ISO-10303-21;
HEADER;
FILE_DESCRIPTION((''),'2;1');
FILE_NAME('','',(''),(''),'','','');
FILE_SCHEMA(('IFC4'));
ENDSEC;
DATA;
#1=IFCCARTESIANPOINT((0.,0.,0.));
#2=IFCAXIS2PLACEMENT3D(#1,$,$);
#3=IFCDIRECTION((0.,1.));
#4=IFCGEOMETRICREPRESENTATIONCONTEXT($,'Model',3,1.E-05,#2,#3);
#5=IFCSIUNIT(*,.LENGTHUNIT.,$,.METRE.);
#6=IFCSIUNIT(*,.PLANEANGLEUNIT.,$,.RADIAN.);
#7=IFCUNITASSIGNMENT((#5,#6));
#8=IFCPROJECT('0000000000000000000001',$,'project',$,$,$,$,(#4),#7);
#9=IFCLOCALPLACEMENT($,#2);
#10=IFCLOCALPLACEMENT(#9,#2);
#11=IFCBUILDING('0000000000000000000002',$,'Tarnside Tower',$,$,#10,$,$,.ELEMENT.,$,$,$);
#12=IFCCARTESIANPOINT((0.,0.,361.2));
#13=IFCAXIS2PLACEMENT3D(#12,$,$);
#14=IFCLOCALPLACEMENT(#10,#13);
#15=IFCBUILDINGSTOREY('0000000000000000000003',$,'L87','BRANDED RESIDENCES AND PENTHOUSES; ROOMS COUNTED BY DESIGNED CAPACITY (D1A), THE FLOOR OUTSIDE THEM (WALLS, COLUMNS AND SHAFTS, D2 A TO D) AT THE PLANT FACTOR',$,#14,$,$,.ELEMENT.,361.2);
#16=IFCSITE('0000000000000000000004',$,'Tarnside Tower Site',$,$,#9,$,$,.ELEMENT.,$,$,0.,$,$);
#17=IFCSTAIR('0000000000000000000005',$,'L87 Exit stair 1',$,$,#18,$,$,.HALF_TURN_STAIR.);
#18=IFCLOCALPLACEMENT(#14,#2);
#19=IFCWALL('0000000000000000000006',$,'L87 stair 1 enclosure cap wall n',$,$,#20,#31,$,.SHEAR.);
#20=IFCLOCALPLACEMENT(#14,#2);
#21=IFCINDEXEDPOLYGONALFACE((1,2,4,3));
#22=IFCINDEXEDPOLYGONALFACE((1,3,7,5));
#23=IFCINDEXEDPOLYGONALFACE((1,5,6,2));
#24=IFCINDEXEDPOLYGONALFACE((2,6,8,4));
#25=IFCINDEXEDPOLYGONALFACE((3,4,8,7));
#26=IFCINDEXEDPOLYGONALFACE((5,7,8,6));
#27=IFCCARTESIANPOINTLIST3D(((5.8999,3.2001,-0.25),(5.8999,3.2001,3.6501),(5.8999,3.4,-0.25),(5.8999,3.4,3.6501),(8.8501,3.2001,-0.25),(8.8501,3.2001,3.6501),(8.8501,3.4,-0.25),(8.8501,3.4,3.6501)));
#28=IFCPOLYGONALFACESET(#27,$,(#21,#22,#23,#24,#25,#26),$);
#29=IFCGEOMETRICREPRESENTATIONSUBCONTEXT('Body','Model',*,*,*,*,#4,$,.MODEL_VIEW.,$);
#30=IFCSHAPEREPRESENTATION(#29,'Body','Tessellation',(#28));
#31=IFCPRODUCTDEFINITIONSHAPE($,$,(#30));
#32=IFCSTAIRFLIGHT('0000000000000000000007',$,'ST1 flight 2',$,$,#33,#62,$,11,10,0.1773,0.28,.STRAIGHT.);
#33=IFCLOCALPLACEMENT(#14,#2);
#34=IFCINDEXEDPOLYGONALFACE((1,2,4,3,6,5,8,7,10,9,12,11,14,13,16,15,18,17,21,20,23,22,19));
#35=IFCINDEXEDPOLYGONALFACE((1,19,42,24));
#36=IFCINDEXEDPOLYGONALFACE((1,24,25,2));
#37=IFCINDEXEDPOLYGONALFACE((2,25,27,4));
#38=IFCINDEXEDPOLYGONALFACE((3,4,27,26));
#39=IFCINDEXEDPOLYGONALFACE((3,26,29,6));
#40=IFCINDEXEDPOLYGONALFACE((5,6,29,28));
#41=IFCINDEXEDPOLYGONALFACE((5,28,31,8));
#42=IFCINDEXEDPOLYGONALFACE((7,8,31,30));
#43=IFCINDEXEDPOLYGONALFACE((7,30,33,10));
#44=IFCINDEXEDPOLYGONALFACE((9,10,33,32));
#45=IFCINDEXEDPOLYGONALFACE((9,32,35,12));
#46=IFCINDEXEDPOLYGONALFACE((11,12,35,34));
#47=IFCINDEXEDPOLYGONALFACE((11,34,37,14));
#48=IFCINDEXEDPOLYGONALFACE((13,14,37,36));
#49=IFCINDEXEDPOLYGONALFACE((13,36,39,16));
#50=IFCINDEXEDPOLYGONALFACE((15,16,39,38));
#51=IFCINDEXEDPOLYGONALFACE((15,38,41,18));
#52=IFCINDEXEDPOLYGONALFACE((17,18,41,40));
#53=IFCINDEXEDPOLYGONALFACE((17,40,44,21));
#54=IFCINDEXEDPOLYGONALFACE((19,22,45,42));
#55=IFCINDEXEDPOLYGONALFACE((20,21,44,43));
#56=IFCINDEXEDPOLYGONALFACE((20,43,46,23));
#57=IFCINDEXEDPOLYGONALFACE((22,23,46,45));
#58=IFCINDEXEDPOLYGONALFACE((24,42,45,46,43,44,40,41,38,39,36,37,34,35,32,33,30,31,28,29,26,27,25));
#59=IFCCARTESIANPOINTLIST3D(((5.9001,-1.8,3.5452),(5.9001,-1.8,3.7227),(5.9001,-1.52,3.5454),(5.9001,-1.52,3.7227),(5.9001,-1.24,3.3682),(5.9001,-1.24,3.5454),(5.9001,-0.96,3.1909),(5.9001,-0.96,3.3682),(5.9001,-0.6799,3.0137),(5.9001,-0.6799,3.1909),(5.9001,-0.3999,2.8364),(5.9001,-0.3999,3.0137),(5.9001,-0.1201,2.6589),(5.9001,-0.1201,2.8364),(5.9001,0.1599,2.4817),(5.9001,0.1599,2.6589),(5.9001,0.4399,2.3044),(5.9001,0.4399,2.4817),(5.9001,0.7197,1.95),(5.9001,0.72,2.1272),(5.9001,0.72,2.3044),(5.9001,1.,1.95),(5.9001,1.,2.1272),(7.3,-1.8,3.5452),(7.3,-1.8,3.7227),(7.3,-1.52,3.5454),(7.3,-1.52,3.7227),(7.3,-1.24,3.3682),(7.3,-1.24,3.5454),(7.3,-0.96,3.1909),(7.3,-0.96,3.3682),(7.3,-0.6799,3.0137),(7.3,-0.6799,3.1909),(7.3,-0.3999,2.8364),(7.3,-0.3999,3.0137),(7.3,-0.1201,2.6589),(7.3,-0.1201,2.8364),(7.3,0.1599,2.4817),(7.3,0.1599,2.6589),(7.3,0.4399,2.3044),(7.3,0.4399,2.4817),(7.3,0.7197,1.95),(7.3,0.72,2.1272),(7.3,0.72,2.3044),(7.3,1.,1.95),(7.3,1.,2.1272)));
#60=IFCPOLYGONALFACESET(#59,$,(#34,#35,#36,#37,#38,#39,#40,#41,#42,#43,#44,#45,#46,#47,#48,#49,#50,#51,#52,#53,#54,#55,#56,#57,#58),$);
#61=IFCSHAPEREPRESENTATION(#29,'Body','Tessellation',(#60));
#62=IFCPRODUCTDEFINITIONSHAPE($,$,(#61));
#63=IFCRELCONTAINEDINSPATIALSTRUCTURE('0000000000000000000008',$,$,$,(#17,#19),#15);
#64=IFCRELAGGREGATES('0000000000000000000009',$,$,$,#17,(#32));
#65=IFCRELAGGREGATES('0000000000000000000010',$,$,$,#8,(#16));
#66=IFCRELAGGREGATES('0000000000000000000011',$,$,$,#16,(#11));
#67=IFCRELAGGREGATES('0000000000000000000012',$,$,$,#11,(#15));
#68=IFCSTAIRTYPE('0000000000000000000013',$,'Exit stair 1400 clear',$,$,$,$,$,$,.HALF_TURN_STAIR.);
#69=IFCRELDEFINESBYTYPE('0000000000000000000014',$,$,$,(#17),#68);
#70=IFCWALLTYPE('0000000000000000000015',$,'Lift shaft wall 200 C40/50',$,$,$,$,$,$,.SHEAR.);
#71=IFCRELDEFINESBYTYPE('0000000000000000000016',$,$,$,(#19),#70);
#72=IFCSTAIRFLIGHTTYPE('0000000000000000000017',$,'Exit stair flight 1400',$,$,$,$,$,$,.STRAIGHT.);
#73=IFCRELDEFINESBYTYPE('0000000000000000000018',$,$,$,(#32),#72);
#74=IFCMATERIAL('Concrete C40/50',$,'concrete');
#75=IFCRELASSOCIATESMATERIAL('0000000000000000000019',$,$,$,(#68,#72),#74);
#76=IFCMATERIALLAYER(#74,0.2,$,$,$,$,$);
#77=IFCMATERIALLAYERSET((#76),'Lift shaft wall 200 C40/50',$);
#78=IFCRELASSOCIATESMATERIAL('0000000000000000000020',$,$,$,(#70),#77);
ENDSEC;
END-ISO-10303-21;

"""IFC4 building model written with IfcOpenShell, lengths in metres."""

from ifc_helpers import new_model, si_unit, direction, frame, frame_2d, origin, place, context, subcontext, project, spatial, polyline, rectangle, outline, extrude, material, layer, layer_set, type_object, element, aggregate, save


model = new_model("IFC4")

# Units and contexts
model_context = context("Model", 3, precision=1e-05, world=origin(), true_north=direction((0.0, 1.0)))
body_context = subcontext(model_context, "Body", "Model", "MODEL_VIEW")
ifc_project = project(units=[si_unit("LENGTHUNIT", "METRE"), si_unit("PLANEANGLEUNIT", "RADIAN")], contexts=[model_context])

# Site, building, storey
site_placement = place(None, origin())
site = spatial("IfcSite", under=ifc_project, at=site_placement, Name="Tarnside Tower Site", CompositionType="ELEMENT", RefElevation=0.0)
building_placement = place(site_placement, origin())
building = spatial("IfcBuilding", under=site, at=building_placement, Name="Tarnside Tower", CompositionType="ELEMENT")
storey_placement = place(building_placement, frame((0.0, 0.0, 361.2)))
storey = spatial("IfcBuildingStorey", under=building, at=storey_placement, Name="L87", Description="BRANDED RESIDENCES AND PENTHOUSES; ROOMS COUNTED BY DESIGNED CAPACITY (D1A), THE FLOOR OUTSIDE THEM (WALLS, COLUMNS AND SHAFTS, D2 A TO D) AT THE PLANT FACTOR", CompositionType="ELEMENT", Elevation=361.2)

# Shared definitions
ifc_material_1 = material(Name="Concrete C40/50", Category="concrete")

# Stair
stair_type = type_object("IfcStairType", Name="Exit stair 1400 clear", PredefinedType="HALF_TURN_STAIR", material=ifc_material_1)
stair_1_placement = place(storey_placement, origin())
stair_1 = element("IfcStair", 1, at=stair_1_placement, inside=storey, type_object=stair_type, Name="L87 Exit stair 1", PredefinedType="HALF_TURN_STAIR")

# Shared definitions
ifc_layer_1 = layer(ifc_material_1, 0.2)
ifc_layer_set_1 = layer_set([ifc_layer_1], Name="Lift shaft wall 200 C40/50")
wall_type_1 = type_object("IfcWallType", Name="Lift shaft wall 200 C40/50", PredefinedType="SHEAR", material=ifc_layer_set_1)

# Wall
wall_1_placement = place(storey_placement, frame((5.8999, 3.3, -0.25), z_axis=(0.0, 0.0, 1.0), x_axis=(1.0, 0.0, 0.0)))
element("IfcWall", 2, at=wall_1_placement, inside=storey, type_object=wall_type_1, Name="L87 stair 1 enclosure cap wall n", PredefinedType="SHEAR", context=body_context, shape_type="SweptSolid", body=[
    extrude(rectangle(XDim=2.9502, YDim=0.2, at=frame_2d((1.4751, 0.0))), origin(), (0.0, 0.0, 1.0), 3.9001),
])

# Stair flight
stair_flight_type = type_object("IfcStairFlightType", Name="Exit stair flight 1400", PredefinedType="STRAIGHT", material=ifc_material_1)
stair_flight_placement = place(storey_placement, frame((6.6001, 1.0, 1.95), z_axis=(0.0, 0.0, 1.0), x_axis=(0.0, -1.0, 0.0)))
stair_flight = element("IfcStairFlight", 3, at=stair_flight_placement, type_object=stair_flight_type, Name="ST1 flight 2", NumberOfRisers=11, NumberOfTreads=10, PredefinedType="STRAIGHT", RiserHeight=0.1773, TreadLength=0.28, context=body_context, shape_type="SweptSolid", body=[
    extrude(outline(polyline([(0.0, 0.0), (0.0, 0.1772), (0.28, 0.1772), (0.28, 0.3545), (0.5601, 0.3545), (0.5601, 0.5317), (0.8401, 0.5317), (0.8401, 0.709), (1.1201, 0.709), (1.1201, 0.8865), (1.3999, 0.8865), (1.3999, 1.0637), (1.6799, 1.0637), (1.6799, 1.241), (1.96, 1.241), (1.96, 1.4182), (2.24, 1.4182), (2.24, 1.5955), (2.52, 1.5955), (2.52, 1.7727), (2.8, 1.7727), (2.8, 1.95), (2.8, 1.5952), (0.2803, 0.0), (0.0, 0.0)])), frame((0.0, 0.7, 0.0), z_axis=(0.0, -1.0, 0.0), x_axis=(1.0, 0.0, 0.0)), (0.0, 0.0, 1.0), 1.3999),
])
aggregate(stair_1, [stair_flight])

save(model, "model.ifc")
